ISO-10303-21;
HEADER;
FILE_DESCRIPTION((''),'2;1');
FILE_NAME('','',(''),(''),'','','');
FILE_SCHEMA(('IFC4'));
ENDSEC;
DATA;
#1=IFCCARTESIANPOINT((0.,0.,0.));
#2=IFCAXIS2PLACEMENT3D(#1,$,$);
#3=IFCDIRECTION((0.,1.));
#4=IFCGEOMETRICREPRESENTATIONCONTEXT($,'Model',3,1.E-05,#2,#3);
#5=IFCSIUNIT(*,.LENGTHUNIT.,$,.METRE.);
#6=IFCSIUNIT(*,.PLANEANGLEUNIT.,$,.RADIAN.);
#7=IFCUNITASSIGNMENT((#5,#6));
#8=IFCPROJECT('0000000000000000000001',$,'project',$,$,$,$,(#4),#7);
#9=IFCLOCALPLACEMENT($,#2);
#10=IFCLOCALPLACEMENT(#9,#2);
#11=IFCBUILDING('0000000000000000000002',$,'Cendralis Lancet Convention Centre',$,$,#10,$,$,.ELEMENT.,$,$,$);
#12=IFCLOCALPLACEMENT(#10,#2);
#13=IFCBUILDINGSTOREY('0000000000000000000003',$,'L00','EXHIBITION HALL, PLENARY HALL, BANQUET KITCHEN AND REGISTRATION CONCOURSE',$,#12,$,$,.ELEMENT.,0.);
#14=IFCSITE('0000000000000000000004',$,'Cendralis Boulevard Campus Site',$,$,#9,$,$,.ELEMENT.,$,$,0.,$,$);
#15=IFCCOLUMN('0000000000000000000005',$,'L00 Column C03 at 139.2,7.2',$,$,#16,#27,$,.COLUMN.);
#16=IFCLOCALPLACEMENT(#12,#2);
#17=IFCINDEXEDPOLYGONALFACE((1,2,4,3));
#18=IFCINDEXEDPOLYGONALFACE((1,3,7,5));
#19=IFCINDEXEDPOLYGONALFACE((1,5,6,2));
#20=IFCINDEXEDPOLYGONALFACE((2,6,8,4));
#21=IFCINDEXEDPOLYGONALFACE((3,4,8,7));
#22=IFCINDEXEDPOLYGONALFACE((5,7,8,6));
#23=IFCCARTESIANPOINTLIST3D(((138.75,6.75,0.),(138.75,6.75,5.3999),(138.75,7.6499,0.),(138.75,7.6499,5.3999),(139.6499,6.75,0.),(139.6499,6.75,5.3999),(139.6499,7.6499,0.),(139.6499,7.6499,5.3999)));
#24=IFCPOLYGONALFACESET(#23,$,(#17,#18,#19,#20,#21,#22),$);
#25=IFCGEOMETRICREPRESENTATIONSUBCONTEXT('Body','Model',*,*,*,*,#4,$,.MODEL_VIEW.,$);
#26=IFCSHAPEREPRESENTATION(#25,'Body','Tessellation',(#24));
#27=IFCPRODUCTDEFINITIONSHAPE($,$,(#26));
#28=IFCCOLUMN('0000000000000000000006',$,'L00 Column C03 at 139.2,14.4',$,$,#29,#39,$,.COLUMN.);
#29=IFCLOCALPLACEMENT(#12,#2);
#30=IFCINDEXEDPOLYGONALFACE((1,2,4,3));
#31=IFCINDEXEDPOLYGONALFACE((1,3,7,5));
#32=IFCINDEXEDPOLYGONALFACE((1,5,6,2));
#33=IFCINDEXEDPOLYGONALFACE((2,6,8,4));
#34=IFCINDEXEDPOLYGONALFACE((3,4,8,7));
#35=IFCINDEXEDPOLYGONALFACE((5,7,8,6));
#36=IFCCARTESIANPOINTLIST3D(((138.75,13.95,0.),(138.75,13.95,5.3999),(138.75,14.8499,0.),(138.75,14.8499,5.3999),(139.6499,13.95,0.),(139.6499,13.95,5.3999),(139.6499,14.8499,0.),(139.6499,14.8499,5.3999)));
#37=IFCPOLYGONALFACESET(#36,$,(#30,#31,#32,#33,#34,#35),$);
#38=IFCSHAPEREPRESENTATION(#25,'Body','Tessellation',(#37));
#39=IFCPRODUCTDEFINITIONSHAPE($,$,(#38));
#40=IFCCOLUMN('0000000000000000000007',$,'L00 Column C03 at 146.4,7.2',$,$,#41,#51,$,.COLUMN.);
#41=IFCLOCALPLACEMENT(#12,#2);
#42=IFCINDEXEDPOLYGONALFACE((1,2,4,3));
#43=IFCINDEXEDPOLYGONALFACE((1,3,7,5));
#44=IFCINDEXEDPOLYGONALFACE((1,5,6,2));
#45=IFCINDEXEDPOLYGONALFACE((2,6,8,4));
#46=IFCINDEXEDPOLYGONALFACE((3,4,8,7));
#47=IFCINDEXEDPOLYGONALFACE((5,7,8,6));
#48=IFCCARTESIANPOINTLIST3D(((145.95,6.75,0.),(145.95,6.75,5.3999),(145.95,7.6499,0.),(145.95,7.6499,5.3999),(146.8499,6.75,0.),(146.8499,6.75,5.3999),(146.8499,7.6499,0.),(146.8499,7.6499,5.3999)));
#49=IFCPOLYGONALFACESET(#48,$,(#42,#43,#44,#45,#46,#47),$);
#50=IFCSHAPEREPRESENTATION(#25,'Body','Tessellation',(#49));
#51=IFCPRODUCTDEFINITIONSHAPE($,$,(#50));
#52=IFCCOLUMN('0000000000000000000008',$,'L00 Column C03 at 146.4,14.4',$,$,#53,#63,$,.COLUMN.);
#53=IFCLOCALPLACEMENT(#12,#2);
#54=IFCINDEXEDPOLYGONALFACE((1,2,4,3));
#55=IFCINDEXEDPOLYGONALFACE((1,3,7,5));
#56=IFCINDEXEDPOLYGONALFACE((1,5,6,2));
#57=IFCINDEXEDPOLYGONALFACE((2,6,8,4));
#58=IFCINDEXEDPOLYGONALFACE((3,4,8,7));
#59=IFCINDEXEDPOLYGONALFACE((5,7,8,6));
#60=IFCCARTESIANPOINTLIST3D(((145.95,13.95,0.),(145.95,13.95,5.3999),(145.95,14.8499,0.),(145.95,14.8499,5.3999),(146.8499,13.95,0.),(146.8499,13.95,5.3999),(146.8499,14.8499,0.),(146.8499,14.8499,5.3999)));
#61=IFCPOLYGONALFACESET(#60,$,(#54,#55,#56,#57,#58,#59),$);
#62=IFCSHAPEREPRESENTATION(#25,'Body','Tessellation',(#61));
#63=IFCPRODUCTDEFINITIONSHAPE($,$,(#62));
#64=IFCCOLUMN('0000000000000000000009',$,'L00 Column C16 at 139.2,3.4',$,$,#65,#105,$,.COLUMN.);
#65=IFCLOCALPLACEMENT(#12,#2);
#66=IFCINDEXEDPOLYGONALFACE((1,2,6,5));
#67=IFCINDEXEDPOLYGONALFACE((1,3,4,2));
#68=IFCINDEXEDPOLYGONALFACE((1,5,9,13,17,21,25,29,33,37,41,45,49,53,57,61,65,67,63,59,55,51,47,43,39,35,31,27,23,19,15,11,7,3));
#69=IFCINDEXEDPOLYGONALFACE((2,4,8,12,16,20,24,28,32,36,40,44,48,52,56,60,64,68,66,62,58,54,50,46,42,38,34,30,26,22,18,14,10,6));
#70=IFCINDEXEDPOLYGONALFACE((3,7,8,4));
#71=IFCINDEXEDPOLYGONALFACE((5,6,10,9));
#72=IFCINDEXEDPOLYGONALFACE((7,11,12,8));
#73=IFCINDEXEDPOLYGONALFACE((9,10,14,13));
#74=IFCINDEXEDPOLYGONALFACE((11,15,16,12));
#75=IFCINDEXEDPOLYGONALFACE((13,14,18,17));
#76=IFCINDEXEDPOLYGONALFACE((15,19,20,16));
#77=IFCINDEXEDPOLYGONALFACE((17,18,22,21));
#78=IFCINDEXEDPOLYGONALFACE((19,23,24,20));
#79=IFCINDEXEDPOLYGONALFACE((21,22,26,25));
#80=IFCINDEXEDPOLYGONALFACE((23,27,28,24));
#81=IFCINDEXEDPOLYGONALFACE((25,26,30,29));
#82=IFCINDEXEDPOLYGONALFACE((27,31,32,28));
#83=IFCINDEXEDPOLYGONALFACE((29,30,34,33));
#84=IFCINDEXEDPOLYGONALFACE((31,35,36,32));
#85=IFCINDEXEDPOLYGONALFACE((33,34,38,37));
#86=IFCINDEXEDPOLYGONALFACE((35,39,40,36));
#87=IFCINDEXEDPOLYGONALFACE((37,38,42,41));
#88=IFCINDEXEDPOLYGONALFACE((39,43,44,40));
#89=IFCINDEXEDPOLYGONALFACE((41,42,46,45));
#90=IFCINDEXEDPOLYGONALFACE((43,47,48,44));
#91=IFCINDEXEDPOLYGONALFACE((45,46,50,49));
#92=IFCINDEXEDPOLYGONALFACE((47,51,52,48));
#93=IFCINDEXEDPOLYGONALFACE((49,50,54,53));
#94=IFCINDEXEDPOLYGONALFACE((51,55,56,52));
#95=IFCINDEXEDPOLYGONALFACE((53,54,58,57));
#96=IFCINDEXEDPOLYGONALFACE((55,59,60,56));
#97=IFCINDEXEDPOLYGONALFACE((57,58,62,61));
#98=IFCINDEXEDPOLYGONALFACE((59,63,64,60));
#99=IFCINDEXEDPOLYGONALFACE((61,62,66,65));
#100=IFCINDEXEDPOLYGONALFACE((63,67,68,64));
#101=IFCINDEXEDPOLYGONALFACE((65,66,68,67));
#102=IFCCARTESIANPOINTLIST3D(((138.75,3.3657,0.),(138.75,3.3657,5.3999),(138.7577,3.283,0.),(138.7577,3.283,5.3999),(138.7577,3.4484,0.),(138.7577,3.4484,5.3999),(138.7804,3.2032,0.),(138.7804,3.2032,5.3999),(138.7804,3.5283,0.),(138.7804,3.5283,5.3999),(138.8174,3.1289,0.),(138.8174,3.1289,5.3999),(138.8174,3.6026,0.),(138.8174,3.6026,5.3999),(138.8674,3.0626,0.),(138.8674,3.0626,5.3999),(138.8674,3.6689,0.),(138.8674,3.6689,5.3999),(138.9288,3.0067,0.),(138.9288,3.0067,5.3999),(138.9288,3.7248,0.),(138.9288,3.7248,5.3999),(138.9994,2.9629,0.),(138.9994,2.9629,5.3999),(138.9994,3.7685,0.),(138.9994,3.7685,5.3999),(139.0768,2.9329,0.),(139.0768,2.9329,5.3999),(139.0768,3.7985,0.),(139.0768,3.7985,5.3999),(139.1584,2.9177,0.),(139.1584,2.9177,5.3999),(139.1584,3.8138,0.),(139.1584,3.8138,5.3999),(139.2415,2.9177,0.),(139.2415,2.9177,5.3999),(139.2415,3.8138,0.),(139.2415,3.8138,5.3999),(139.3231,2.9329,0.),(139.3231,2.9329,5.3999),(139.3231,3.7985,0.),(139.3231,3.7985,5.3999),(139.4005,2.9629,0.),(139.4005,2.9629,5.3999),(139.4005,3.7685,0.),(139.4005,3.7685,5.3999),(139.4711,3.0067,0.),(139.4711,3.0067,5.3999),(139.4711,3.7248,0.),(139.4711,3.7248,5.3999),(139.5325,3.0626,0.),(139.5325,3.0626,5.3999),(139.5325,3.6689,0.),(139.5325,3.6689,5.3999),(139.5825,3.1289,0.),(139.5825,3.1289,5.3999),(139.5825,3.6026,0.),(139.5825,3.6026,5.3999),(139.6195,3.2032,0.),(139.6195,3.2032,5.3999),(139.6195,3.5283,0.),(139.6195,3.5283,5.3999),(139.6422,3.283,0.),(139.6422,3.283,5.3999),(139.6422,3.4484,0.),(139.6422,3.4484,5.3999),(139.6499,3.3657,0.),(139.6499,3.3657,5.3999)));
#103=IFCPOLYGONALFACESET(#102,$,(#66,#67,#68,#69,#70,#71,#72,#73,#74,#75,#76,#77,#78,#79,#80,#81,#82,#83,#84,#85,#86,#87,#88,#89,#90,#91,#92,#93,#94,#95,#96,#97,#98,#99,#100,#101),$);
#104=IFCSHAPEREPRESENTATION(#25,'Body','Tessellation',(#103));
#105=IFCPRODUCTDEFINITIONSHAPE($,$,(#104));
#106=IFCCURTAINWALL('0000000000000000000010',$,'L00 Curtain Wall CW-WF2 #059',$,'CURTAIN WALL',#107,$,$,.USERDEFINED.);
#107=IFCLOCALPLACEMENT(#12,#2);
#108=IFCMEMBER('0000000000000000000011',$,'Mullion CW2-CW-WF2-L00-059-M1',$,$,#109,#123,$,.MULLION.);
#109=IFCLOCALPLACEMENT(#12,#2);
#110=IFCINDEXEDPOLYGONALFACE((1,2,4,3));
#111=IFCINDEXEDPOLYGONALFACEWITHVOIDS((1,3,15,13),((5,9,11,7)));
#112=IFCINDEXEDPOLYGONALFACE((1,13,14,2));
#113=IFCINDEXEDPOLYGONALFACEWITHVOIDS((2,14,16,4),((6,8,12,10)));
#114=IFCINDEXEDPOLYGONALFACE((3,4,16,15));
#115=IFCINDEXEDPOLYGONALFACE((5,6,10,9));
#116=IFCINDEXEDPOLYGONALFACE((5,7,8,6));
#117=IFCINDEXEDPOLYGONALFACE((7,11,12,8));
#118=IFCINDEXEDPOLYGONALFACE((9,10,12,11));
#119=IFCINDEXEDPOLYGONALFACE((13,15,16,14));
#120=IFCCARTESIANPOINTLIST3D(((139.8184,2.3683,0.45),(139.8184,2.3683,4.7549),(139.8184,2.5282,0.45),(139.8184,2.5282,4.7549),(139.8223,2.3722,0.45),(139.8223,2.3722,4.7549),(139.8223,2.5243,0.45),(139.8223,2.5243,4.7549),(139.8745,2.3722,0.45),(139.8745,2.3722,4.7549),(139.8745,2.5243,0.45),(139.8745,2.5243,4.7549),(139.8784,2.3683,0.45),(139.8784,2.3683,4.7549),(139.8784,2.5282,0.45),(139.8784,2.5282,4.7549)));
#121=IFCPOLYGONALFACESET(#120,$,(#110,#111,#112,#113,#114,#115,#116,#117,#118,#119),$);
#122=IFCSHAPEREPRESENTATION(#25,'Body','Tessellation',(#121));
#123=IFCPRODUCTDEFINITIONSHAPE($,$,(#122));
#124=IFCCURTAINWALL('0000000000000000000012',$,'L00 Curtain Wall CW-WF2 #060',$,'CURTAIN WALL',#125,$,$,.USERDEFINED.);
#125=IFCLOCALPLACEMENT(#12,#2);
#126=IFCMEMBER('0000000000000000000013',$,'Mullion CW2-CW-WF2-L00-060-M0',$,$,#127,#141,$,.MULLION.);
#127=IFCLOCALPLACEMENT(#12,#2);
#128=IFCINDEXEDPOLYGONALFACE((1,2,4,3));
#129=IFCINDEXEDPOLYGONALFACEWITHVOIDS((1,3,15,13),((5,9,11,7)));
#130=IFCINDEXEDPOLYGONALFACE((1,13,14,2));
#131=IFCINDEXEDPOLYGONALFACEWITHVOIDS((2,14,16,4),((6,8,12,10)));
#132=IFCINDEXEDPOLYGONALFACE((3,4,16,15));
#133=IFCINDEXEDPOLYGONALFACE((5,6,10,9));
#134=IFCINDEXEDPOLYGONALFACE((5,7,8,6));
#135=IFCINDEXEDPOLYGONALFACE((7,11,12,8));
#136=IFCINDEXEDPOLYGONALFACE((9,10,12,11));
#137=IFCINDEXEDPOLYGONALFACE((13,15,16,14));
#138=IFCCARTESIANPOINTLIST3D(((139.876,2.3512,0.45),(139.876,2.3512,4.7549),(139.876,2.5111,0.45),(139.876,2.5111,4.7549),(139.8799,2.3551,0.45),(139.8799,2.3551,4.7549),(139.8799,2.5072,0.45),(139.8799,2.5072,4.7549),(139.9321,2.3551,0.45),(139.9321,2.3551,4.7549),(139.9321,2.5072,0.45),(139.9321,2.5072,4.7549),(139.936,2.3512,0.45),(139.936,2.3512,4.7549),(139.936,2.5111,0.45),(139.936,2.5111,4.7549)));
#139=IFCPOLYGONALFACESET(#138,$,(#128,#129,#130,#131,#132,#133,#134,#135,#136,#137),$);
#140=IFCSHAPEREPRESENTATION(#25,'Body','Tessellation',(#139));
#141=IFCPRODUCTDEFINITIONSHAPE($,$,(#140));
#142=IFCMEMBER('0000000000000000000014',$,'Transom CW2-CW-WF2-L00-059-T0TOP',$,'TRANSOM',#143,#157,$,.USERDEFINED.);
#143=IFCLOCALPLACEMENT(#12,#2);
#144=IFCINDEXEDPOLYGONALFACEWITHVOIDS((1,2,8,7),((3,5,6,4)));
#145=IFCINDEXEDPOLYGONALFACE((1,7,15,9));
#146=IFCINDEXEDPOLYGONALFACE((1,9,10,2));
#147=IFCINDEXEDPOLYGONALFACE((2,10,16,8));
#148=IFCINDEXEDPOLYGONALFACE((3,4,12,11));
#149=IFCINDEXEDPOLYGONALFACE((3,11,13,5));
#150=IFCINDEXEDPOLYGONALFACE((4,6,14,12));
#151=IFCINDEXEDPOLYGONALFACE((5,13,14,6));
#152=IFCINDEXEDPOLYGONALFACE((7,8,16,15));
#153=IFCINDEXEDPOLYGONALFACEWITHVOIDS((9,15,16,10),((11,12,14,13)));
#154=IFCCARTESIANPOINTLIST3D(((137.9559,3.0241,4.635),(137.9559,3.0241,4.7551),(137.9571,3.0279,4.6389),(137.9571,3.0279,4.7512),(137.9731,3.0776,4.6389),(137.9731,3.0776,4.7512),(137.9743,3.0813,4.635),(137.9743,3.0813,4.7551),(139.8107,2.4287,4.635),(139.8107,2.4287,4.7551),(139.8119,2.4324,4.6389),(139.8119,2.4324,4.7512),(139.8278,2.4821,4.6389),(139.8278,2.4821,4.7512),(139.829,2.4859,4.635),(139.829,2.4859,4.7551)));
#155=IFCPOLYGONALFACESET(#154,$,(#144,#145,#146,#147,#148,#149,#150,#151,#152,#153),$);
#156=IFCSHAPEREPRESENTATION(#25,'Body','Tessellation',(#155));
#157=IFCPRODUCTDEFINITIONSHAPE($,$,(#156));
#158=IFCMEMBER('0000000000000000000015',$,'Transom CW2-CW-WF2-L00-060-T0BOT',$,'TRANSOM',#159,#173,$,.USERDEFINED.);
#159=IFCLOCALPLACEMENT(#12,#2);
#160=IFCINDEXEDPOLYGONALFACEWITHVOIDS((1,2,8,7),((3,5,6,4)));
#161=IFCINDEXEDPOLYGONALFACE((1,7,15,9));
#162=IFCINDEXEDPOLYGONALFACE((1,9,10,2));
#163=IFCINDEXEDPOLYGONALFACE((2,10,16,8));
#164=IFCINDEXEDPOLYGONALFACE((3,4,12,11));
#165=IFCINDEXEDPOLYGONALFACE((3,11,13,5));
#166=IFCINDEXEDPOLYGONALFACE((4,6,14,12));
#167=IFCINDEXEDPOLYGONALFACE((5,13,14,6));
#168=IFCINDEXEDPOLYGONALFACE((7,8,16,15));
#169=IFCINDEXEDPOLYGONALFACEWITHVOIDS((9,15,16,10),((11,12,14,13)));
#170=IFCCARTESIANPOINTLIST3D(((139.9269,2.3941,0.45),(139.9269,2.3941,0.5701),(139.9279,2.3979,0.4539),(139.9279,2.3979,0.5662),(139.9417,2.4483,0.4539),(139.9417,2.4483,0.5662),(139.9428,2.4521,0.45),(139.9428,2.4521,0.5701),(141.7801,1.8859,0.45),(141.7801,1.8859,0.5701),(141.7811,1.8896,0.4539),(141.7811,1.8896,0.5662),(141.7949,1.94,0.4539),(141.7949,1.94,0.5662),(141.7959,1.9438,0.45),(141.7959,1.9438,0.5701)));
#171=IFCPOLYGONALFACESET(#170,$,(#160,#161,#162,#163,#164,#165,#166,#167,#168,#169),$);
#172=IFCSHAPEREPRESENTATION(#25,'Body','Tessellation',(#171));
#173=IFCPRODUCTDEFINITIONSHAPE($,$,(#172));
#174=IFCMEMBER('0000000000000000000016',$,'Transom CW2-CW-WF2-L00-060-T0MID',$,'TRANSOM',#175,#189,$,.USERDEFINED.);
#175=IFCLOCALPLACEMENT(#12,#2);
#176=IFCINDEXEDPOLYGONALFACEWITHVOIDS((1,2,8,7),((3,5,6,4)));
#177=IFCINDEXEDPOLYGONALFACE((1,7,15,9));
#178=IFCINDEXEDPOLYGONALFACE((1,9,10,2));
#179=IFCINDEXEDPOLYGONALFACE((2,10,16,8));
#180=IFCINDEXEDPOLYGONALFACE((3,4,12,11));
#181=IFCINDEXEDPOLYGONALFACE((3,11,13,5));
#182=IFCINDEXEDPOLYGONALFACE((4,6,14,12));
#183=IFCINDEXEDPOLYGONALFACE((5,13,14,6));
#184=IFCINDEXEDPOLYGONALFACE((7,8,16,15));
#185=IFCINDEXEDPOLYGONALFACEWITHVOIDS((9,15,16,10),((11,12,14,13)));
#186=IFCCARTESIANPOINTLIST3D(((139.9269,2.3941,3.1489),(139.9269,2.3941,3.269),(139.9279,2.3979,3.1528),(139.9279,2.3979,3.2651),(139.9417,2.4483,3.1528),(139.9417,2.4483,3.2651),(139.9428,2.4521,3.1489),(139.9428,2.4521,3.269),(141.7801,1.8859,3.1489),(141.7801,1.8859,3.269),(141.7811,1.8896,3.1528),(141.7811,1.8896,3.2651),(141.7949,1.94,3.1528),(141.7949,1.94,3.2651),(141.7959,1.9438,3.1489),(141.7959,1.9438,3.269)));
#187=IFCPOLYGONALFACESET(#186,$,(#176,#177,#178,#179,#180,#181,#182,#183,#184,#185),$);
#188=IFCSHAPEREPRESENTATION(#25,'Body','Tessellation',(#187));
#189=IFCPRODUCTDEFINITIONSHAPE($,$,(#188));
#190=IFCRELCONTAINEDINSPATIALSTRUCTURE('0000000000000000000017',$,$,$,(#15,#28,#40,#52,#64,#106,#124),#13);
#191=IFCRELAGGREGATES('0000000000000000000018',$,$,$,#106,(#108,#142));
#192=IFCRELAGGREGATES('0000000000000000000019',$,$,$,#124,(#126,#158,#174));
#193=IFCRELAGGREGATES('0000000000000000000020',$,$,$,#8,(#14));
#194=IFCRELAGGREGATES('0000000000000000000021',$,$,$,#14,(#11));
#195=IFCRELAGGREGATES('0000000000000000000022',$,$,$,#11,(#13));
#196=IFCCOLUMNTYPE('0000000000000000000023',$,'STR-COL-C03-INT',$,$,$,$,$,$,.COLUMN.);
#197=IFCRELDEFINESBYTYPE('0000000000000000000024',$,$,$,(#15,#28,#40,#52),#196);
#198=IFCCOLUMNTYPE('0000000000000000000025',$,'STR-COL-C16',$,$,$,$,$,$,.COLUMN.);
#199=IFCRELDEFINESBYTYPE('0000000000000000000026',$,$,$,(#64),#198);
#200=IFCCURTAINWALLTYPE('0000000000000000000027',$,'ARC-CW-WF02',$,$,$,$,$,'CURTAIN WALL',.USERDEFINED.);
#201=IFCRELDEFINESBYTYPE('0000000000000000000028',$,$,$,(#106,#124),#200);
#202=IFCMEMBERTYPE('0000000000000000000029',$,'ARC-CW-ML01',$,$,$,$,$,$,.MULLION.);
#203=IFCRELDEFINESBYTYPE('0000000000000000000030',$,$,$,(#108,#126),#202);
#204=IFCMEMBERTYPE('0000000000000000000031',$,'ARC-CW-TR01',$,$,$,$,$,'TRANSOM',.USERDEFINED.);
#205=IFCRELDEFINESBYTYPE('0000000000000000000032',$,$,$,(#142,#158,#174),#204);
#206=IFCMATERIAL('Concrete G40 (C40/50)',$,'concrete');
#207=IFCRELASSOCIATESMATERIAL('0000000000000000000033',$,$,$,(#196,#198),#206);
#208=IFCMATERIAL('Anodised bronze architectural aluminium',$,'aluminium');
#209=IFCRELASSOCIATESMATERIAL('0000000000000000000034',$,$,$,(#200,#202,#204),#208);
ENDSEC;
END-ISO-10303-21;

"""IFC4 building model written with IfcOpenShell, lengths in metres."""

from ifc_helpers import new_model, si_unit, direction, frame, origin, origin_2d, place, context, subcontext, project, spatial, rectangle, hollow_rectangle, circle, extrude, material, material_profile, profile_set, type_object, element, aggregate, save


model = new_model("IFC4")

# Units and contexts
model_context = context("Model", 3, precision=1e-05, world=origin(), true_north=direction((0.0, 1.0)))
body_context = subcontext(model_context, "Body", "Model", "MODEL_VIEW")
ifc_project = project(units=[si_unit("LENGTHUNIT", "METRE"), si_unit("PLANEANGLEUNIT", "RADIAN")], contexts=[model_context])

# Site, building, storey
site_placement = place(None, origin())
site = spatial("IfcSite", under=ifc_project, at=site_placement, Name="Cendralis Boulevard Campus Site", CompositionType="ELEMENT", RefElevation=0.0)
building_placement = place(site_placement, origin())
building = spatial("IfcBuilding", under=site, at=building_placement, Name="Cendralis Lancet Convention Centre", CompositionType="ELEMENT")
storey_placement = place(building_placement, origin())
storey = spatial("IfcBuildingStorey", under=building, at=storey_placement, Name="L00", Description="EXHIBITION HALL, PLENARY HALL, BANQUET KITCHEN AND REGISTRATION CONCOURSE", CompositionType="ELEMENT", Elevation=0.0)

# Columns
ifc_material_1 = material(Name="Concrete G40 (C40/50)", Category="concrete")
ifc_material_profile_1 = material_profile(ifc_material_1, rectangle(XDim=0.8999, YDim=0.8999, at=origin_2d()), Name="RC 900x900")
ifc_profile_set_1 = profile_set([ifc_material_profile_1], Name="Concrete G40 (C40/50)")
column_type_1 = type_object("IfcColumnType", Name="STR-COL-C03-INT", PredefinedType="COLUMN", material=ifc_profile_set_1)
for number, where, z_axis, x_axis, name in (
    (1, (139.2, 7.2, 0.0), (0.0, 0.0, 1.0), (1.0, 0.0, 0.0), "L00 Column C03 at 139.2,7.2"),
    (2, (139.2, 14.3999, 0.0), (0.0, 0.0, 1.0), (1.0, 0.0, 0.0), "L00 Column C03 at 139.2,14.4"),
    (3, (146.3999, 7.2, 0.0), (0.0, 0.0, 1.0), (1.0, 0.0, 0.0), "L00 Column C03 at 146.4,7.2"),
    (4, (146.3999, 14.3999, 0.0), (0.0, 0.0, 1.0), (1.0, 0.0, 0.0), "L00 Column C03 at 146.4,14.4"),
):
    element("IfcColumn", number, at=place(storey_placement, frame(where, z_axis=z_axis, x_axis=x_axis)), inside=storey, type_object=column_type_1, Name=name, PredefinedType="COLUMN", context=body_context, shape_type="SweptSolid", body=[
        extrude(rectangle(XDim=0.8999, YDim=0.8999, at=origin_2d()), origin(), (0.0, 0.0, 1.0), 5.3999),
    ])
ifc_material_profile_2 = material_profile(ifc_material_1, circle(Radius=0.45, at=origin_2d()), Name="RC D900")
ifc_profile_set_2 = profile_set([ifc_material_profile_2], Name="Concrete G40 (C40/50)")
column_type_2 = type_object("IfcColumnType", Name="STR-COL-C16", PredefinedType="COLUMN", material=ifc_profile_set_2)
column_placement = place(storey_placement, frame((139.2, 3.3657, 0.0), z_axis=(0.0, 0.0, 1.0), x_axis=(1.0, 0.0, 0.0)))
element("IfcColumn", 5, at=column_placement, inside=storey, type_object=column_type_2, Name="L00 Column C16 at 139.2,3.4", PredefinedType="COLUMN", context=body_context, shape_type="SweptSolid", body=[
    extrude(circle(Radius=0.45, at=origin_2d()), origin(), (0.0, 0.0, 1.0), 5.3999),
])

# Curtain walls, members
ifc_material_2 = material(Name="Anodised bronze architectural aluminium", Category="aluminium")
curtain_wall_type = type_object("IfcCurtainWallType", Name="ARC-CW-WF02", ElementType="CURTAIN WALL", PredefinedType="USERDEFINED", material=ifc_material_2)
curtain_wall_1_placement = place(storey_placement, origin())
curtain_wall_1 = element("IfcCurtainWall", 6, at=curtain_wall_1_placement, inside=storey, type_object=curtain_wall_type, Name="L00 Curtain Wall CW-WF2 #059", ObjectType="CURTAIN WALL", PredefinedType="USERDEFINED")
ifc_material_profile_3 = material_profile(ifc_material_2, hollow_rectangle(XDim=0.0601, YDim=0.1599, WallThickness=0.0039, at=origin_2d()), Name="AL-MULL 60x160x4.0")
ifc_profile_set_3 = profile_set([ifc_material_profile_3], Name="Anodised bronze architectural aluminium")
member_type_1 = type_object("IfcMemberType", Name="ARC-CW-ML01", PredefinedType="MULLION", material=ifc_profile_set_3)
member_1_placement = place(storey_placement, frame((139.8484, 2.4482, 0.45), z_axis=(0.0, 0.0, 1.0), x_axis=(1.0, 0.0, 0.0)))
member_1 = element("IfcMember", 7, at=member_1_placement, type_object=member_type_1, Name="Mullion CW2-CW-WF2-L00-059-M1", PredefinedType="MULLION", context=body_context, shape_type="SweptSolid", body=[
    extrude(hollow_rectangle(XDim=0.0601, YDim=0.1599, WallThickness=0.0039, at=origin_2d()), origin(), (0.0, 0.0, 1.0), 4.3049),
])
curtain_wall_2_placement = place(storey_placement, origin())
curtain_wall_2 = element("IfcCurtainWall", 8, at=curtain_wall_2_placement, inside=storey, type_object=curtain_wall_type, Name="L00 Curtain Wall CW-WF2 #060", ObjectType="CURTAIN WALL", PredefinedType="USERDEFINED")
member_2_placement = place(storey_placement, frame((139.906, 2.4312, 0.45), z_axis=(0.0, 0.0, 1.0), x_axis=(1.0, 0.0, 0.0)))
member_2 = element("IfcMember", 9, at=member_2_placement, type_object=member_type_1, Name="Mullion CW2-CW-WF2-L00-060-M0", PredefinedType="MULLION", context=body_context, shape_type="SweptSolid", body=[
    extrude(hollow_rectangle(XDim=0.0601, YDim=0.1599, WallThickness=0.0039, at=origin_2d()), origin(), (0.0, 0.0, 1.0), 4.3049),
])

# Members
ifc_material_profile_4 = material_profile(ifc_material_2, hollow_rectangle(XDim=0.0601, YDim=0.1201, WallThickness=0.0039, at=origin_2d()), Name="AL-TRAN 60x120x4.0")
ifc_profile_set_4 = profile_set([ifc_material_profile_4], Name="Anodised bronze architectural aluminium")
member_type_2 = type_object("IfcMemberType", Name="ARC-CW-TR01", ElementType="TRANSOM", PredefinedType="USERDEFINED", material=ifc_profile_set_4)
member_3_placement = place(storey_placement, frame((137.9651, 3.0527, 4.6951), z_axis=(0.952134, -0.305681, 0.0), x_axis=(0.305681, 0.952134, 0.0)))
member_3 = element("IfcMember", 10, at=member_3_placement, type_object=member_type_2, Name="Transom CW2-CW-WF2-L00-059-T0TOP", ObjectType="TRANSOM", PredefinedType="USERDEFINED", context=body_context, shape_type="SweptSolid", body=[
    extrude(hollow_rectangle(XDim=0.0601, YDim=0.1201, WallThickness=0.0039, at=origin_2d()), origin(), (0.0, 0.0, 1.0), 1.948),
])
member_4_placement = place(storey_placement, frame((139.9348, 2.4231, 0.51), z_axis=(0.964385, -0.264504, 0.0), x_axis=(0.264504, 0.964385, 0.0)))
member_4 = element("IfcMember", 11, at=member_4_placement, type_object=member_type_2, Name="Transom CW2-CW-WF2-L00-060-T0BOT", ObjectType="TRANSOM", PredefinedType="USERDEFINED", context=body_context, shape_type="SweptSolid", body=[
    extrude(hollow_rectangle(XDim=0.0601, YDim=0.1201, WallThickness=0.0039, at=origin_2d()), origin(), (0.0, 0.0, 1.0), 1.9216),
])
member_5_placement = place(storey_placement, frame((139.9348, 2.4231, 3.209), z_axis=(0.964385, -0.264504, 0.0), x_axis=(0.264504, 0.964385, 0.0)))
member_5 = element("IfcMember", 12, at=member_5_placement, type_object=member_type_2, Name="Transom CW2-CW-WF2-L00-060-T0MID", ObjectType="TRANSOM", PredefinedType="USERDEFINED", context=body_context, shape_type="SweptSolid", body=[
    extrude(hollow_rectangle(XDim=0.0601, YDim=0.1201, WallThickness=0.0039, at=origin_2d()), origin(), (0.0, 0.0, 1.0), 1.9216),
])

aggregate(curtain_wall_1, [member_1, member_3])
aggregate(curtain_wall_2, [member_2, member_4, member_5])

save(model, "model.ifc")
